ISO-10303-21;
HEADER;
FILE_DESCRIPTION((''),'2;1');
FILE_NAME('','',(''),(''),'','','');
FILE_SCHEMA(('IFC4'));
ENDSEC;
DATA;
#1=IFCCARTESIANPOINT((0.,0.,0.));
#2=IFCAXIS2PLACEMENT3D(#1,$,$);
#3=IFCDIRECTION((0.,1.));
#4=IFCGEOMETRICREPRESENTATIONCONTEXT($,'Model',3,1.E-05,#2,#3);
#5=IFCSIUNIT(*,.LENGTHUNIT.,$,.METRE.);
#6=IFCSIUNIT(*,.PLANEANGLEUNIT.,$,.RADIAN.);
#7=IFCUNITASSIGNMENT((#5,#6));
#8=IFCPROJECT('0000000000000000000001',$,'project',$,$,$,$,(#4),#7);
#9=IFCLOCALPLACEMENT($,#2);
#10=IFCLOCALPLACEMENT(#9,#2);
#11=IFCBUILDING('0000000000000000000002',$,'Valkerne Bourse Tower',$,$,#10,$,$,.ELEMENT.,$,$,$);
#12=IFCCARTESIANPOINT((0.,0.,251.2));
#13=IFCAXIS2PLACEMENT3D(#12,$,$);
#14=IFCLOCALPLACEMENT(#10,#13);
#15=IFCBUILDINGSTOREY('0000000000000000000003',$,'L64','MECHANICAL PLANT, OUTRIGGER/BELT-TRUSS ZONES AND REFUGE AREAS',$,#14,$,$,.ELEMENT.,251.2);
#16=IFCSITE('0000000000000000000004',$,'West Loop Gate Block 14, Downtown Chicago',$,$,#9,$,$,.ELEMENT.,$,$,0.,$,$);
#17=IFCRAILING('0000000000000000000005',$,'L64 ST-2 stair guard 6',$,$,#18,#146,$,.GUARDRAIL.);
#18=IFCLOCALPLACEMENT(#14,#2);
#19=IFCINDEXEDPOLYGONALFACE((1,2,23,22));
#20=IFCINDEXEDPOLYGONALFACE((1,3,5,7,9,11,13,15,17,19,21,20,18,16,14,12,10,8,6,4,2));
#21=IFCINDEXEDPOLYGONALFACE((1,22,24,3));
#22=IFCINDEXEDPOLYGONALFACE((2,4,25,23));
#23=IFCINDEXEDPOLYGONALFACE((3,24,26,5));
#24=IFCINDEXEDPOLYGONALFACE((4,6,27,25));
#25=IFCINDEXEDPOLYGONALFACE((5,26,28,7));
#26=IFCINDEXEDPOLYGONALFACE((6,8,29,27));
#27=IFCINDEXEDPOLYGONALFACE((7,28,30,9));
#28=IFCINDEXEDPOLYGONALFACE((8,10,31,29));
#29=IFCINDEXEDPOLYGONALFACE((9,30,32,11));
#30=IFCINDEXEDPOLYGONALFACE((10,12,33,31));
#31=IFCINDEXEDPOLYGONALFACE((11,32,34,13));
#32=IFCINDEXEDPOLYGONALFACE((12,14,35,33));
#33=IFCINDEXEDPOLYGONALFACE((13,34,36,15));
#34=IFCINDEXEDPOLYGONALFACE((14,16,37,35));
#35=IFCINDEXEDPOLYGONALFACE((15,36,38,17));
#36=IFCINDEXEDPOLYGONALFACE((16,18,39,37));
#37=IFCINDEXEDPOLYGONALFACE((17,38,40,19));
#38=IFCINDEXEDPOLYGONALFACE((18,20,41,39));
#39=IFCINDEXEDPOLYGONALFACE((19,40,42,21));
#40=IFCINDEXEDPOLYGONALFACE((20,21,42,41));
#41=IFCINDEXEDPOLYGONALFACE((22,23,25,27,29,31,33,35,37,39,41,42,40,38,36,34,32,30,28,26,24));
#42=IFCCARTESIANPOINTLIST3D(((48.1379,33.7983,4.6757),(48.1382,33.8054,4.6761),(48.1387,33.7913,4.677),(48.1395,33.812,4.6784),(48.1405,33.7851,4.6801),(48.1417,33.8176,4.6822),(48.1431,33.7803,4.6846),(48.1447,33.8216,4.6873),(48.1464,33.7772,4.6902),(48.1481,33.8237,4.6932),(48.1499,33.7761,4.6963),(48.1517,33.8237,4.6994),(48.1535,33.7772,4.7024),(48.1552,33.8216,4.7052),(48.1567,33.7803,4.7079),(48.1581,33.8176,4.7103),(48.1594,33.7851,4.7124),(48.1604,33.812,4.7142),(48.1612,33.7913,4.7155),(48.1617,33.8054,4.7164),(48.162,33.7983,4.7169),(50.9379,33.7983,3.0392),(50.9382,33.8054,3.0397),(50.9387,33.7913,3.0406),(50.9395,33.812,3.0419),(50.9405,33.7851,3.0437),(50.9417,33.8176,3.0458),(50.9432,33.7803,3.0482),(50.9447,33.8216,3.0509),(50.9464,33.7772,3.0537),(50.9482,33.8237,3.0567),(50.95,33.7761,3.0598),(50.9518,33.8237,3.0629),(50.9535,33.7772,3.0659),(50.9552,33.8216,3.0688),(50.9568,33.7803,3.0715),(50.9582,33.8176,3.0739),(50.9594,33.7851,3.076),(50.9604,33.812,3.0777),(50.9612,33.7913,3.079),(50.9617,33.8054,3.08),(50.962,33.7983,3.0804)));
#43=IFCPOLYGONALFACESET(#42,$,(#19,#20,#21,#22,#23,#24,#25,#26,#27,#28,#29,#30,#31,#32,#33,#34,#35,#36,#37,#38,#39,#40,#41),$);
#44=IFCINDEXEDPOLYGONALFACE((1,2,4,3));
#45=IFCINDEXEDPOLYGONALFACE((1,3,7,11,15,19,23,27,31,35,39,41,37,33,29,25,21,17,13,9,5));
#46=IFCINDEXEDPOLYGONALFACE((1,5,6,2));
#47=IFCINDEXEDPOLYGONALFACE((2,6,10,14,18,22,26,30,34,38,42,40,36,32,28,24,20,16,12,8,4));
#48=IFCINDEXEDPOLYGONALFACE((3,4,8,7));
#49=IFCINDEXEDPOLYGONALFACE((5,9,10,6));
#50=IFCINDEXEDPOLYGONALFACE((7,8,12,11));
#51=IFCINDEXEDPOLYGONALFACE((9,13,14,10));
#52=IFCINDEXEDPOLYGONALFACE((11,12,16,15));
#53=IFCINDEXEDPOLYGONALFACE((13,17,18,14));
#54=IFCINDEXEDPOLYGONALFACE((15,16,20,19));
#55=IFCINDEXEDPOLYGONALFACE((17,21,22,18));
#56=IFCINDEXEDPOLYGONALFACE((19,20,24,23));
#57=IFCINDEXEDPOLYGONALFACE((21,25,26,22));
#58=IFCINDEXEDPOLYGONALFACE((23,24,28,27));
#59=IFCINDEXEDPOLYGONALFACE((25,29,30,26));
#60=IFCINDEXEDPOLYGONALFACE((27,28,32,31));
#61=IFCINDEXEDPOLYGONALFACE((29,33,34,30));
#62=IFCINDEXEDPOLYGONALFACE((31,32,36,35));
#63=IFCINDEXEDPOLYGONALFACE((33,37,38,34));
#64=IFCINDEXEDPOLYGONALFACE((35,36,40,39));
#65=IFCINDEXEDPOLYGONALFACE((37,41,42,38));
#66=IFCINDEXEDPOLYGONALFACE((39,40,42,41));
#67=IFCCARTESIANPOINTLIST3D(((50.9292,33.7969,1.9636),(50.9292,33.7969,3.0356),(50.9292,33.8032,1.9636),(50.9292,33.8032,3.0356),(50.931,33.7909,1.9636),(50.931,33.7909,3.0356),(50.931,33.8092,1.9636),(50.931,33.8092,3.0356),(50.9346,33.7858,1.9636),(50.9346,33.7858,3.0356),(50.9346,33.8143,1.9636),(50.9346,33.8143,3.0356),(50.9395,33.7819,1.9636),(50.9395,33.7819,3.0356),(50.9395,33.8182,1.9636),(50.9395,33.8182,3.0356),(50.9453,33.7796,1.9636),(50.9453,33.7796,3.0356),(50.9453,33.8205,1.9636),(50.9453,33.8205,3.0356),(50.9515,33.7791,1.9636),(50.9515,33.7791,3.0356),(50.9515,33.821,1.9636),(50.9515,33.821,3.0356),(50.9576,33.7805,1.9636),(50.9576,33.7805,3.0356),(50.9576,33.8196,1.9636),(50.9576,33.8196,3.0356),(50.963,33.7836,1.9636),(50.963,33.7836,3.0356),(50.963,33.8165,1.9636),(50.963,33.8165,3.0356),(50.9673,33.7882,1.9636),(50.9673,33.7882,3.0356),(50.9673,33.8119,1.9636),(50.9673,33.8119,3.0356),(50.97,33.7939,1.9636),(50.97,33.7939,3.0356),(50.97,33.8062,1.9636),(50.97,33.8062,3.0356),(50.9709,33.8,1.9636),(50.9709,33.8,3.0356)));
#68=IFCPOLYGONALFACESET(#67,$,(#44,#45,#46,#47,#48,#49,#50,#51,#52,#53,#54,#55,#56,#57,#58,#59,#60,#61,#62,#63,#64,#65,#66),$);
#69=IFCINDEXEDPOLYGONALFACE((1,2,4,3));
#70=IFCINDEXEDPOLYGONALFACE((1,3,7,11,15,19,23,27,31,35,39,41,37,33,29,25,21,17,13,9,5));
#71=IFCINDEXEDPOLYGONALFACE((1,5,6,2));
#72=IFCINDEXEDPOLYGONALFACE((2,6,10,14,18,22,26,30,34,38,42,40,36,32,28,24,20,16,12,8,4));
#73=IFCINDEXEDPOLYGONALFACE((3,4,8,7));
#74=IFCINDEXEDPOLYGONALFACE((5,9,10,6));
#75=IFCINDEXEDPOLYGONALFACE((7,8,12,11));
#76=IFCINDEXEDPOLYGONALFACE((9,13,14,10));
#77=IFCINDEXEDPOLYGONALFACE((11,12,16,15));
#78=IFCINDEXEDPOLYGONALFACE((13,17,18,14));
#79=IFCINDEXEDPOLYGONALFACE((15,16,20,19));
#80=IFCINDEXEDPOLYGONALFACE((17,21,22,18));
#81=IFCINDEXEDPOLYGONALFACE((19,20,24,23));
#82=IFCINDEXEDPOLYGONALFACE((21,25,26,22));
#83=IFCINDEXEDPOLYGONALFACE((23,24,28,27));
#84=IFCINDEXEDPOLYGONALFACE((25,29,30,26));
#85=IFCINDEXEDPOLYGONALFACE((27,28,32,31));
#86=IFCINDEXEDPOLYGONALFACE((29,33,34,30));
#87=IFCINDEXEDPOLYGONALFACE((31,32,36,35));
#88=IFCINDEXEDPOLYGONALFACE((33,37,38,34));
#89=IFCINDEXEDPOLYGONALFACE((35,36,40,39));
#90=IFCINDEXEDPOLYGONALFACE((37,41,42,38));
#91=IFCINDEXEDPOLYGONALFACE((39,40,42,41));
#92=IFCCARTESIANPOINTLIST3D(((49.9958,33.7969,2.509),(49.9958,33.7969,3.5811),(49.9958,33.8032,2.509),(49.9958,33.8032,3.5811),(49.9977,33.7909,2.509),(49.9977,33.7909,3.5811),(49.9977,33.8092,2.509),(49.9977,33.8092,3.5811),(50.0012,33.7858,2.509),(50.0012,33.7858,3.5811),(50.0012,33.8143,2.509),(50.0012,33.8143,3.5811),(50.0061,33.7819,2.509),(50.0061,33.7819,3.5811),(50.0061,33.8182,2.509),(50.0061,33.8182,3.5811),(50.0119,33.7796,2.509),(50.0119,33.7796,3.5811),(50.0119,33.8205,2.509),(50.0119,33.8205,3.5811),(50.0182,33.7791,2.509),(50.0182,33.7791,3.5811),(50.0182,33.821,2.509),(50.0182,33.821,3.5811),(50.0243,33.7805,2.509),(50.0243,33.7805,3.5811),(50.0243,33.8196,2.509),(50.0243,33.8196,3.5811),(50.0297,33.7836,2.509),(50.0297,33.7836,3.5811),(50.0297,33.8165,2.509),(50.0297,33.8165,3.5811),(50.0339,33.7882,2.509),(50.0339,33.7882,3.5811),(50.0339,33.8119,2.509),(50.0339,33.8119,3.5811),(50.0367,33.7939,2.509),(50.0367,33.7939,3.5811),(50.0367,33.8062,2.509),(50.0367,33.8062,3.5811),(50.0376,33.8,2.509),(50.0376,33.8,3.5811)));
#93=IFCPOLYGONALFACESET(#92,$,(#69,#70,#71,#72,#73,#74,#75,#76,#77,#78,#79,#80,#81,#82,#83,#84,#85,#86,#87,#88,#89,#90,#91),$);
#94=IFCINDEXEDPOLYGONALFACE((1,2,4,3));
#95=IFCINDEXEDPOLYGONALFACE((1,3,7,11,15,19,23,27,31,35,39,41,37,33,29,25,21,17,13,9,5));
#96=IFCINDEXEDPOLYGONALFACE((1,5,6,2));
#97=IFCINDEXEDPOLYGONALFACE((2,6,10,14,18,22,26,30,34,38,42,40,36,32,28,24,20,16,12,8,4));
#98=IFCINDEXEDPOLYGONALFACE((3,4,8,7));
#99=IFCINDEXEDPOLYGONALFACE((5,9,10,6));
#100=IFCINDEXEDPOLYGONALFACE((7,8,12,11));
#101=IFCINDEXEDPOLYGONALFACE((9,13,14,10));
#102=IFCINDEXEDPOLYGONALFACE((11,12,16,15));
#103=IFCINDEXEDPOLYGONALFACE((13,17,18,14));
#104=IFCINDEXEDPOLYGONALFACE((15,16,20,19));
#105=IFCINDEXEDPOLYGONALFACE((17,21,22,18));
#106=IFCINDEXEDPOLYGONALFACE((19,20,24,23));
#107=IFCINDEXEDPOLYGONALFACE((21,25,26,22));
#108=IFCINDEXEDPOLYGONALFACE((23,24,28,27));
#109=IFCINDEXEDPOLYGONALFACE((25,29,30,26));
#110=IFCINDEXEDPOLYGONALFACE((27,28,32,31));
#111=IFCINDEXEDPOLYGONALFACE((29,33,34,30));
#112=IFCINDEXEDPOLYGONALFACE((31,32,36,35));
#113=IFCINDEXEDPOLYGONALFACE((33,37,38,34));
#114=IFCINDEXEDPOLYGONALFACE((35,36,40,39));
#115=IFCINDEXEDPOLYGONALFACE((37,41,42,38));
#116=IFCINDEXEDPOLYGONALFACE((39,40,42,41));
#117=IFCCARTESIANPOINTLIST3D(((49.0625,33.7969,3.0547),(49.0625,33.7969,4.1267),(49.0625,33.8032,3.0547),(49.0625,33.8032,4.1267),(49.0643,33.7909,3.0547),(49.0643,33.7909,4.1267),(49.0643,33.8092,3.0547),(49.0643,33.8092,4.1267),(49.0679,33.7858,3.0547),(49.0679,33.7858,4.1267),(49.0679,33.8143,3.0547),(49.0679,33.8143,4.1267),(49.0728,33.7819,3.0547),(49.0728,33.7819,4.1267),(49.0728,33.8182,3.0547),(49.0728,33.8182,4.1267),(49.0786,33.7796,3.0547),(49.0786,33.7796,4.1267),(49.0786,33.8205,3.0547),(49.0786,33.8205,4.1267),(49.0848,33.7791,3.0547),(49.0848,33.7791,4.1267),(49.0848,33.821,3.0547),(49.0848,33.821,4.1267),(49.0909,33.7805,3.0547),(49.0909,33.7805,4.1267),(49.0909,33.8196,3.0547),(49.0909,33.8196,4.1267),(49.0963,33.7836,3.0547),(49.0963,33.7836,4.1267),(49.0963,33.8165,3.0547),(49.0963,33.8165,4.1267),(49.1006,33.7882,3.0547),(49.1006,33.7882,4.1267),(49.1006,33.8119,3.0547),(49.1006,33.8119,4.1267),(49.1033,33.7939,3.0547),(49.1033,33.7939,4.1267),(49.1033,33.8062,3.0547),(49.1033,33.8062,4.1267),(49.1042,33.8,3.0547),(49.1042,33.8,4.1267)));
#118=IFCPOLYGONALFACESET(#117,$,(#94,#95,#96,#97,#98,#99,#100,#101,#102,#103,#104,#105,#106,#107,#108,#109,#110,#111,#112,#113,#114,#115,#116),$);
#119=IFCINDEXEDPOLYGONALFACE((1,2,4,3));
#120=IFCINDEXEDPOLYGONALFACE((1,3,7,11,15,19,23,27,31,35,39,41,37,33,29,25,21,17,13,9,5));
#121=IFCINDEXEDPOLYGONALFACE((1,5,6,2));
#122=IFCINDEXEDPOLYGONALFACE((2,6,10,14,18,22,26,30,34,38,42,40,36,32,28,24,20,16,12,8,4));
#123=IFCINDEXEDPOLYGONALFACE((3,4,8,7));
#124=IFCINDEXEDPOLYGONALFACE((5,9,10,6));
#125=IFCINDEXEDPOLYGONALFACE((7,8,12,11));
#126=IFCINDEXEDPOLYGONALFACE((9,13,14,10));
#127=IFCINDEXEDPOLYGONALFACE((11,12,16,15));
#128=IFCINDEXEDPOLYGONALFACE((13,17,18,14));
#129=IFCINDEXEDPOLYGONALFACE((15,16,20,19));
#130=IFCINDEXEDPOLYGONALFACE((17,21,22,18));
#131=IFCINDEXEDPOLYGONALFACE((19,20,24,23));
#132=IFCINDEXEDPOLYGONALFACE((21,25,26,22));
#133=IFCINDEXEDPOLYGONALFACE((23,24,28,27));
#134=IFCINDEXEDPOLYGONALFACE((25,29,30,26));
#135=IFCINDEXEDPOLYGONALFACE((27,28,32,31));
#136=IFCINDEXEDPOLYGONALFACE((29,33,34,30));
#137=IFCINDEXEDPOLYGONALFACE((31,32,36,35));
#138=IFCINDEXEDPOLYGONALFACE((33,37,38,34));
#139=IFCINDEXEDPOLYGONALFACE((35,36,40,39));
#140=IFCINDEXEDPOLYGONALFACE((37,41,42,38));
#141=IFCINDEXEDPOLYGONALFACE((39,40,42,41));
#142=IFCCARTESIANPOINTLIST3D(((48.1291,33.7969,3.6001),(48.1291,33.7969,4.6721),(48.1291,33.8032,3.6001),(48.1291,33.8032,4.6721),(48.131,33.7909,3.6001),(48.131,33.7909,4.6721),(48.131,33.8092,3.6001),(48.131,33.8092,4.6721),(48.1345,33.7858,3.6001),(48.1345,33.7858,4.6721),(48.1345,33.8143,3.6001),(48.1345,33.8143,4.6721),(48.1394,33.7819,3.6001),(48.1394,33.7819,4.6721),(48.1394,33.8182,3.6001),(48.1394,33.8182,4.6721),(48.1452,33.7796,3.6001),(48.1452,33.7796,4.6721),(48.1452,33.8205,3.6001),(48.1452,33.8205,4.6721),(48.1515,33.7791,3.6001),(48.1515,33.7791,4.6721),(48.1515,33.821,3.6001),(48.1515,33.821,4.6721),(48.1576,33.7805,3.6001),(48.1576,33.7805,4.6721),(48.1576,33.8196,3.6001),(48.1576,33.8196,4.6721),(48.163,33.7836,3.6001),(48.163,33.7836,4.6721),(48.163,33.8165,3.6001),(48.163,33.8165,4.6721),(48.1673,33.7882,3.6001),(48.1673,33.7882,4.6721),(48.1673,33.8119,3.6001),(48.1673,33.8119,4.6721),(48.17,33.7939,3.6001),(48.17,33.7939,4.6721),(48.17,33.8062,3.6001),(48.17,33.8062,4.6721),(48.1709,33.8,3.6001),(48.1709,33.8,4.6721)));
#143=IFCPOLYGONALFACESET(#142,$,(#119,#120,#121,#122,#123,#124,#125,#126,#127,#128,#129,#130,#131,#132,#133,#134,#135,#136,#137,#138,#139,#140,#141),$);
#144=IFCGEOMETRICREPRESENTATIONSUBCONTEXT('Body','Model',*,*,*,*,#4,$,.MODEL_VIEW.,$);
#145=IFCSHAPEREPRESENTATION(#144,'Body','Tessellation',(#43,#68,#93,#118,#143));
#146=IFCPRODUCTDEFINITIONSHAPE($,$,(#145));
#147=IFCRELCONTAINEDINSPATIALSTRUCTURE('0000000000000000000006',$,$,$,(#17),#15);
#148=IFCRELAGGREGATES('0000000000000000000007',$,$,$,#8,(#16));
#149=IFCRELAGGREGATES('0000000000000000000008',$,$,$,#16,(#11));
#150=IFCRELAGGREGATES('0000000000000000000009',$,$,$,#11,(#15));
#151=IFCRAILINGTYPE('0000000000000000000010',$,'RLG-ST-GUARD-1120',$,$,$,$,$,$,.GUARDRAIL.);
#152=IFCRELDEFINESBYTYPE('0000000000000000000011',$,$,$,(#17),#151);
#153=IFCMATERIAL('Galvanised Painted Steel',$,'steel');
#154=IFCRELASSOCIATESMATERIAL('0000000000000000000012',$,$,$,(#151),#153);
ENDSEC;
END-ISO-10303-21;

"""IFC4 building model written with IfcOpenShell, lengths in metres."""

from ifc_helpers import new_model, si_unit, direction, frame, origin, origin_2d, place, context, subcontext, project, spatial, circle, extrude, material, type_object, element, save


model = new_model("IFC4")

# Units and contexts
model_context = context("Model", 3, precision=1e-05, world=origin(), true_north=direction((0.0, 1.0)))
body_context = subcontext(model_context, "Body", "Model", "MODEL_VIEW")
ifc_project = project(units=[si_unit("LENGTHUNIT", "METRE"), si_unit("PLANEANGLEUNIT", "RADIAN")], contexts=[model_context])

# Site, building, storey
site_placement = place(None, origin())
site = spatial("IfcSite", under=ifc_project, at=site_placement, Name="West Loop Gate Block 14, Downtown Chicago", CompositionType="ELEMENT", RefElevation=0.0)
building_placement = place(site_placement, origin())
building = spatial("IfcBuilding", under=site, at=building_placement, Name="Valkerne Bourse Tower", CompositionType="ELEMENT")
storey_placement = place(building_placement, frame((0.0, 0.0, 251.2)))
storey = spatial("IfcBuildingStorey", under=building, at=storey_placement, Name="L64", Description="MECHANICAL PLANT, OUTRIGGER/BELT-TRUSS ZONES AND REFUGE AREAS", CompositionType="ELEMENT", Elevation=251.2)

# Railing
ifc_material_1 = material(Name="Galvanised Painted Steel", Category="steel")
railing_type_1 = type_object("IfcRailingType", Name="RLG-ST-GUARD-1120", PredefinedType="GUARDRAIL", material=ifc_material_1)
railing_1_placement = place(storey_placement, frame((50.95, 33.8, 1.9636)))
element("IfcRailing", 1, at=railing_1_placement, inside=storey, type_object=railing_type_1, Name="L64 ST-2 stair guard 6", PredefinedType="GUARDRAIL", context=body_context, shape_type="SweptSolid", body=[
    extrude(circle(Radius=0.0239, at=origin_2d()), frame((0.0, 0.0, 1.0962), z_axis=(-0.863361, 0.0, 0.504587), x_axis=(0.0, -1.0, 0.0)), (0.0, 0.0, 1.0), 3.2432),
    extrude(circle(Radius=0.021, at=origin_2d()), origin(), (0.0, 0.0, 1.0), 1.072),
    extrude(circle(Radius=0.021, at=origin_2d()), frame((-0.9333, 0.0, 0.5454)), (0.0, 0.0, 1.0), 1.072),
    extrude(circle(Radius=0.021, at=origin_2d()), frame((-1.8667, 0.0, 1.0911)), (0.0, 0.0, 1.0), 1.072),
    extrude(circle(Radius=0.021, at=origin_2d()), frame((-2.8, 0.0, 1.6365)), (0.0, 0.0, 1.0), 1.072),
])

save(model, "model.ifc")
